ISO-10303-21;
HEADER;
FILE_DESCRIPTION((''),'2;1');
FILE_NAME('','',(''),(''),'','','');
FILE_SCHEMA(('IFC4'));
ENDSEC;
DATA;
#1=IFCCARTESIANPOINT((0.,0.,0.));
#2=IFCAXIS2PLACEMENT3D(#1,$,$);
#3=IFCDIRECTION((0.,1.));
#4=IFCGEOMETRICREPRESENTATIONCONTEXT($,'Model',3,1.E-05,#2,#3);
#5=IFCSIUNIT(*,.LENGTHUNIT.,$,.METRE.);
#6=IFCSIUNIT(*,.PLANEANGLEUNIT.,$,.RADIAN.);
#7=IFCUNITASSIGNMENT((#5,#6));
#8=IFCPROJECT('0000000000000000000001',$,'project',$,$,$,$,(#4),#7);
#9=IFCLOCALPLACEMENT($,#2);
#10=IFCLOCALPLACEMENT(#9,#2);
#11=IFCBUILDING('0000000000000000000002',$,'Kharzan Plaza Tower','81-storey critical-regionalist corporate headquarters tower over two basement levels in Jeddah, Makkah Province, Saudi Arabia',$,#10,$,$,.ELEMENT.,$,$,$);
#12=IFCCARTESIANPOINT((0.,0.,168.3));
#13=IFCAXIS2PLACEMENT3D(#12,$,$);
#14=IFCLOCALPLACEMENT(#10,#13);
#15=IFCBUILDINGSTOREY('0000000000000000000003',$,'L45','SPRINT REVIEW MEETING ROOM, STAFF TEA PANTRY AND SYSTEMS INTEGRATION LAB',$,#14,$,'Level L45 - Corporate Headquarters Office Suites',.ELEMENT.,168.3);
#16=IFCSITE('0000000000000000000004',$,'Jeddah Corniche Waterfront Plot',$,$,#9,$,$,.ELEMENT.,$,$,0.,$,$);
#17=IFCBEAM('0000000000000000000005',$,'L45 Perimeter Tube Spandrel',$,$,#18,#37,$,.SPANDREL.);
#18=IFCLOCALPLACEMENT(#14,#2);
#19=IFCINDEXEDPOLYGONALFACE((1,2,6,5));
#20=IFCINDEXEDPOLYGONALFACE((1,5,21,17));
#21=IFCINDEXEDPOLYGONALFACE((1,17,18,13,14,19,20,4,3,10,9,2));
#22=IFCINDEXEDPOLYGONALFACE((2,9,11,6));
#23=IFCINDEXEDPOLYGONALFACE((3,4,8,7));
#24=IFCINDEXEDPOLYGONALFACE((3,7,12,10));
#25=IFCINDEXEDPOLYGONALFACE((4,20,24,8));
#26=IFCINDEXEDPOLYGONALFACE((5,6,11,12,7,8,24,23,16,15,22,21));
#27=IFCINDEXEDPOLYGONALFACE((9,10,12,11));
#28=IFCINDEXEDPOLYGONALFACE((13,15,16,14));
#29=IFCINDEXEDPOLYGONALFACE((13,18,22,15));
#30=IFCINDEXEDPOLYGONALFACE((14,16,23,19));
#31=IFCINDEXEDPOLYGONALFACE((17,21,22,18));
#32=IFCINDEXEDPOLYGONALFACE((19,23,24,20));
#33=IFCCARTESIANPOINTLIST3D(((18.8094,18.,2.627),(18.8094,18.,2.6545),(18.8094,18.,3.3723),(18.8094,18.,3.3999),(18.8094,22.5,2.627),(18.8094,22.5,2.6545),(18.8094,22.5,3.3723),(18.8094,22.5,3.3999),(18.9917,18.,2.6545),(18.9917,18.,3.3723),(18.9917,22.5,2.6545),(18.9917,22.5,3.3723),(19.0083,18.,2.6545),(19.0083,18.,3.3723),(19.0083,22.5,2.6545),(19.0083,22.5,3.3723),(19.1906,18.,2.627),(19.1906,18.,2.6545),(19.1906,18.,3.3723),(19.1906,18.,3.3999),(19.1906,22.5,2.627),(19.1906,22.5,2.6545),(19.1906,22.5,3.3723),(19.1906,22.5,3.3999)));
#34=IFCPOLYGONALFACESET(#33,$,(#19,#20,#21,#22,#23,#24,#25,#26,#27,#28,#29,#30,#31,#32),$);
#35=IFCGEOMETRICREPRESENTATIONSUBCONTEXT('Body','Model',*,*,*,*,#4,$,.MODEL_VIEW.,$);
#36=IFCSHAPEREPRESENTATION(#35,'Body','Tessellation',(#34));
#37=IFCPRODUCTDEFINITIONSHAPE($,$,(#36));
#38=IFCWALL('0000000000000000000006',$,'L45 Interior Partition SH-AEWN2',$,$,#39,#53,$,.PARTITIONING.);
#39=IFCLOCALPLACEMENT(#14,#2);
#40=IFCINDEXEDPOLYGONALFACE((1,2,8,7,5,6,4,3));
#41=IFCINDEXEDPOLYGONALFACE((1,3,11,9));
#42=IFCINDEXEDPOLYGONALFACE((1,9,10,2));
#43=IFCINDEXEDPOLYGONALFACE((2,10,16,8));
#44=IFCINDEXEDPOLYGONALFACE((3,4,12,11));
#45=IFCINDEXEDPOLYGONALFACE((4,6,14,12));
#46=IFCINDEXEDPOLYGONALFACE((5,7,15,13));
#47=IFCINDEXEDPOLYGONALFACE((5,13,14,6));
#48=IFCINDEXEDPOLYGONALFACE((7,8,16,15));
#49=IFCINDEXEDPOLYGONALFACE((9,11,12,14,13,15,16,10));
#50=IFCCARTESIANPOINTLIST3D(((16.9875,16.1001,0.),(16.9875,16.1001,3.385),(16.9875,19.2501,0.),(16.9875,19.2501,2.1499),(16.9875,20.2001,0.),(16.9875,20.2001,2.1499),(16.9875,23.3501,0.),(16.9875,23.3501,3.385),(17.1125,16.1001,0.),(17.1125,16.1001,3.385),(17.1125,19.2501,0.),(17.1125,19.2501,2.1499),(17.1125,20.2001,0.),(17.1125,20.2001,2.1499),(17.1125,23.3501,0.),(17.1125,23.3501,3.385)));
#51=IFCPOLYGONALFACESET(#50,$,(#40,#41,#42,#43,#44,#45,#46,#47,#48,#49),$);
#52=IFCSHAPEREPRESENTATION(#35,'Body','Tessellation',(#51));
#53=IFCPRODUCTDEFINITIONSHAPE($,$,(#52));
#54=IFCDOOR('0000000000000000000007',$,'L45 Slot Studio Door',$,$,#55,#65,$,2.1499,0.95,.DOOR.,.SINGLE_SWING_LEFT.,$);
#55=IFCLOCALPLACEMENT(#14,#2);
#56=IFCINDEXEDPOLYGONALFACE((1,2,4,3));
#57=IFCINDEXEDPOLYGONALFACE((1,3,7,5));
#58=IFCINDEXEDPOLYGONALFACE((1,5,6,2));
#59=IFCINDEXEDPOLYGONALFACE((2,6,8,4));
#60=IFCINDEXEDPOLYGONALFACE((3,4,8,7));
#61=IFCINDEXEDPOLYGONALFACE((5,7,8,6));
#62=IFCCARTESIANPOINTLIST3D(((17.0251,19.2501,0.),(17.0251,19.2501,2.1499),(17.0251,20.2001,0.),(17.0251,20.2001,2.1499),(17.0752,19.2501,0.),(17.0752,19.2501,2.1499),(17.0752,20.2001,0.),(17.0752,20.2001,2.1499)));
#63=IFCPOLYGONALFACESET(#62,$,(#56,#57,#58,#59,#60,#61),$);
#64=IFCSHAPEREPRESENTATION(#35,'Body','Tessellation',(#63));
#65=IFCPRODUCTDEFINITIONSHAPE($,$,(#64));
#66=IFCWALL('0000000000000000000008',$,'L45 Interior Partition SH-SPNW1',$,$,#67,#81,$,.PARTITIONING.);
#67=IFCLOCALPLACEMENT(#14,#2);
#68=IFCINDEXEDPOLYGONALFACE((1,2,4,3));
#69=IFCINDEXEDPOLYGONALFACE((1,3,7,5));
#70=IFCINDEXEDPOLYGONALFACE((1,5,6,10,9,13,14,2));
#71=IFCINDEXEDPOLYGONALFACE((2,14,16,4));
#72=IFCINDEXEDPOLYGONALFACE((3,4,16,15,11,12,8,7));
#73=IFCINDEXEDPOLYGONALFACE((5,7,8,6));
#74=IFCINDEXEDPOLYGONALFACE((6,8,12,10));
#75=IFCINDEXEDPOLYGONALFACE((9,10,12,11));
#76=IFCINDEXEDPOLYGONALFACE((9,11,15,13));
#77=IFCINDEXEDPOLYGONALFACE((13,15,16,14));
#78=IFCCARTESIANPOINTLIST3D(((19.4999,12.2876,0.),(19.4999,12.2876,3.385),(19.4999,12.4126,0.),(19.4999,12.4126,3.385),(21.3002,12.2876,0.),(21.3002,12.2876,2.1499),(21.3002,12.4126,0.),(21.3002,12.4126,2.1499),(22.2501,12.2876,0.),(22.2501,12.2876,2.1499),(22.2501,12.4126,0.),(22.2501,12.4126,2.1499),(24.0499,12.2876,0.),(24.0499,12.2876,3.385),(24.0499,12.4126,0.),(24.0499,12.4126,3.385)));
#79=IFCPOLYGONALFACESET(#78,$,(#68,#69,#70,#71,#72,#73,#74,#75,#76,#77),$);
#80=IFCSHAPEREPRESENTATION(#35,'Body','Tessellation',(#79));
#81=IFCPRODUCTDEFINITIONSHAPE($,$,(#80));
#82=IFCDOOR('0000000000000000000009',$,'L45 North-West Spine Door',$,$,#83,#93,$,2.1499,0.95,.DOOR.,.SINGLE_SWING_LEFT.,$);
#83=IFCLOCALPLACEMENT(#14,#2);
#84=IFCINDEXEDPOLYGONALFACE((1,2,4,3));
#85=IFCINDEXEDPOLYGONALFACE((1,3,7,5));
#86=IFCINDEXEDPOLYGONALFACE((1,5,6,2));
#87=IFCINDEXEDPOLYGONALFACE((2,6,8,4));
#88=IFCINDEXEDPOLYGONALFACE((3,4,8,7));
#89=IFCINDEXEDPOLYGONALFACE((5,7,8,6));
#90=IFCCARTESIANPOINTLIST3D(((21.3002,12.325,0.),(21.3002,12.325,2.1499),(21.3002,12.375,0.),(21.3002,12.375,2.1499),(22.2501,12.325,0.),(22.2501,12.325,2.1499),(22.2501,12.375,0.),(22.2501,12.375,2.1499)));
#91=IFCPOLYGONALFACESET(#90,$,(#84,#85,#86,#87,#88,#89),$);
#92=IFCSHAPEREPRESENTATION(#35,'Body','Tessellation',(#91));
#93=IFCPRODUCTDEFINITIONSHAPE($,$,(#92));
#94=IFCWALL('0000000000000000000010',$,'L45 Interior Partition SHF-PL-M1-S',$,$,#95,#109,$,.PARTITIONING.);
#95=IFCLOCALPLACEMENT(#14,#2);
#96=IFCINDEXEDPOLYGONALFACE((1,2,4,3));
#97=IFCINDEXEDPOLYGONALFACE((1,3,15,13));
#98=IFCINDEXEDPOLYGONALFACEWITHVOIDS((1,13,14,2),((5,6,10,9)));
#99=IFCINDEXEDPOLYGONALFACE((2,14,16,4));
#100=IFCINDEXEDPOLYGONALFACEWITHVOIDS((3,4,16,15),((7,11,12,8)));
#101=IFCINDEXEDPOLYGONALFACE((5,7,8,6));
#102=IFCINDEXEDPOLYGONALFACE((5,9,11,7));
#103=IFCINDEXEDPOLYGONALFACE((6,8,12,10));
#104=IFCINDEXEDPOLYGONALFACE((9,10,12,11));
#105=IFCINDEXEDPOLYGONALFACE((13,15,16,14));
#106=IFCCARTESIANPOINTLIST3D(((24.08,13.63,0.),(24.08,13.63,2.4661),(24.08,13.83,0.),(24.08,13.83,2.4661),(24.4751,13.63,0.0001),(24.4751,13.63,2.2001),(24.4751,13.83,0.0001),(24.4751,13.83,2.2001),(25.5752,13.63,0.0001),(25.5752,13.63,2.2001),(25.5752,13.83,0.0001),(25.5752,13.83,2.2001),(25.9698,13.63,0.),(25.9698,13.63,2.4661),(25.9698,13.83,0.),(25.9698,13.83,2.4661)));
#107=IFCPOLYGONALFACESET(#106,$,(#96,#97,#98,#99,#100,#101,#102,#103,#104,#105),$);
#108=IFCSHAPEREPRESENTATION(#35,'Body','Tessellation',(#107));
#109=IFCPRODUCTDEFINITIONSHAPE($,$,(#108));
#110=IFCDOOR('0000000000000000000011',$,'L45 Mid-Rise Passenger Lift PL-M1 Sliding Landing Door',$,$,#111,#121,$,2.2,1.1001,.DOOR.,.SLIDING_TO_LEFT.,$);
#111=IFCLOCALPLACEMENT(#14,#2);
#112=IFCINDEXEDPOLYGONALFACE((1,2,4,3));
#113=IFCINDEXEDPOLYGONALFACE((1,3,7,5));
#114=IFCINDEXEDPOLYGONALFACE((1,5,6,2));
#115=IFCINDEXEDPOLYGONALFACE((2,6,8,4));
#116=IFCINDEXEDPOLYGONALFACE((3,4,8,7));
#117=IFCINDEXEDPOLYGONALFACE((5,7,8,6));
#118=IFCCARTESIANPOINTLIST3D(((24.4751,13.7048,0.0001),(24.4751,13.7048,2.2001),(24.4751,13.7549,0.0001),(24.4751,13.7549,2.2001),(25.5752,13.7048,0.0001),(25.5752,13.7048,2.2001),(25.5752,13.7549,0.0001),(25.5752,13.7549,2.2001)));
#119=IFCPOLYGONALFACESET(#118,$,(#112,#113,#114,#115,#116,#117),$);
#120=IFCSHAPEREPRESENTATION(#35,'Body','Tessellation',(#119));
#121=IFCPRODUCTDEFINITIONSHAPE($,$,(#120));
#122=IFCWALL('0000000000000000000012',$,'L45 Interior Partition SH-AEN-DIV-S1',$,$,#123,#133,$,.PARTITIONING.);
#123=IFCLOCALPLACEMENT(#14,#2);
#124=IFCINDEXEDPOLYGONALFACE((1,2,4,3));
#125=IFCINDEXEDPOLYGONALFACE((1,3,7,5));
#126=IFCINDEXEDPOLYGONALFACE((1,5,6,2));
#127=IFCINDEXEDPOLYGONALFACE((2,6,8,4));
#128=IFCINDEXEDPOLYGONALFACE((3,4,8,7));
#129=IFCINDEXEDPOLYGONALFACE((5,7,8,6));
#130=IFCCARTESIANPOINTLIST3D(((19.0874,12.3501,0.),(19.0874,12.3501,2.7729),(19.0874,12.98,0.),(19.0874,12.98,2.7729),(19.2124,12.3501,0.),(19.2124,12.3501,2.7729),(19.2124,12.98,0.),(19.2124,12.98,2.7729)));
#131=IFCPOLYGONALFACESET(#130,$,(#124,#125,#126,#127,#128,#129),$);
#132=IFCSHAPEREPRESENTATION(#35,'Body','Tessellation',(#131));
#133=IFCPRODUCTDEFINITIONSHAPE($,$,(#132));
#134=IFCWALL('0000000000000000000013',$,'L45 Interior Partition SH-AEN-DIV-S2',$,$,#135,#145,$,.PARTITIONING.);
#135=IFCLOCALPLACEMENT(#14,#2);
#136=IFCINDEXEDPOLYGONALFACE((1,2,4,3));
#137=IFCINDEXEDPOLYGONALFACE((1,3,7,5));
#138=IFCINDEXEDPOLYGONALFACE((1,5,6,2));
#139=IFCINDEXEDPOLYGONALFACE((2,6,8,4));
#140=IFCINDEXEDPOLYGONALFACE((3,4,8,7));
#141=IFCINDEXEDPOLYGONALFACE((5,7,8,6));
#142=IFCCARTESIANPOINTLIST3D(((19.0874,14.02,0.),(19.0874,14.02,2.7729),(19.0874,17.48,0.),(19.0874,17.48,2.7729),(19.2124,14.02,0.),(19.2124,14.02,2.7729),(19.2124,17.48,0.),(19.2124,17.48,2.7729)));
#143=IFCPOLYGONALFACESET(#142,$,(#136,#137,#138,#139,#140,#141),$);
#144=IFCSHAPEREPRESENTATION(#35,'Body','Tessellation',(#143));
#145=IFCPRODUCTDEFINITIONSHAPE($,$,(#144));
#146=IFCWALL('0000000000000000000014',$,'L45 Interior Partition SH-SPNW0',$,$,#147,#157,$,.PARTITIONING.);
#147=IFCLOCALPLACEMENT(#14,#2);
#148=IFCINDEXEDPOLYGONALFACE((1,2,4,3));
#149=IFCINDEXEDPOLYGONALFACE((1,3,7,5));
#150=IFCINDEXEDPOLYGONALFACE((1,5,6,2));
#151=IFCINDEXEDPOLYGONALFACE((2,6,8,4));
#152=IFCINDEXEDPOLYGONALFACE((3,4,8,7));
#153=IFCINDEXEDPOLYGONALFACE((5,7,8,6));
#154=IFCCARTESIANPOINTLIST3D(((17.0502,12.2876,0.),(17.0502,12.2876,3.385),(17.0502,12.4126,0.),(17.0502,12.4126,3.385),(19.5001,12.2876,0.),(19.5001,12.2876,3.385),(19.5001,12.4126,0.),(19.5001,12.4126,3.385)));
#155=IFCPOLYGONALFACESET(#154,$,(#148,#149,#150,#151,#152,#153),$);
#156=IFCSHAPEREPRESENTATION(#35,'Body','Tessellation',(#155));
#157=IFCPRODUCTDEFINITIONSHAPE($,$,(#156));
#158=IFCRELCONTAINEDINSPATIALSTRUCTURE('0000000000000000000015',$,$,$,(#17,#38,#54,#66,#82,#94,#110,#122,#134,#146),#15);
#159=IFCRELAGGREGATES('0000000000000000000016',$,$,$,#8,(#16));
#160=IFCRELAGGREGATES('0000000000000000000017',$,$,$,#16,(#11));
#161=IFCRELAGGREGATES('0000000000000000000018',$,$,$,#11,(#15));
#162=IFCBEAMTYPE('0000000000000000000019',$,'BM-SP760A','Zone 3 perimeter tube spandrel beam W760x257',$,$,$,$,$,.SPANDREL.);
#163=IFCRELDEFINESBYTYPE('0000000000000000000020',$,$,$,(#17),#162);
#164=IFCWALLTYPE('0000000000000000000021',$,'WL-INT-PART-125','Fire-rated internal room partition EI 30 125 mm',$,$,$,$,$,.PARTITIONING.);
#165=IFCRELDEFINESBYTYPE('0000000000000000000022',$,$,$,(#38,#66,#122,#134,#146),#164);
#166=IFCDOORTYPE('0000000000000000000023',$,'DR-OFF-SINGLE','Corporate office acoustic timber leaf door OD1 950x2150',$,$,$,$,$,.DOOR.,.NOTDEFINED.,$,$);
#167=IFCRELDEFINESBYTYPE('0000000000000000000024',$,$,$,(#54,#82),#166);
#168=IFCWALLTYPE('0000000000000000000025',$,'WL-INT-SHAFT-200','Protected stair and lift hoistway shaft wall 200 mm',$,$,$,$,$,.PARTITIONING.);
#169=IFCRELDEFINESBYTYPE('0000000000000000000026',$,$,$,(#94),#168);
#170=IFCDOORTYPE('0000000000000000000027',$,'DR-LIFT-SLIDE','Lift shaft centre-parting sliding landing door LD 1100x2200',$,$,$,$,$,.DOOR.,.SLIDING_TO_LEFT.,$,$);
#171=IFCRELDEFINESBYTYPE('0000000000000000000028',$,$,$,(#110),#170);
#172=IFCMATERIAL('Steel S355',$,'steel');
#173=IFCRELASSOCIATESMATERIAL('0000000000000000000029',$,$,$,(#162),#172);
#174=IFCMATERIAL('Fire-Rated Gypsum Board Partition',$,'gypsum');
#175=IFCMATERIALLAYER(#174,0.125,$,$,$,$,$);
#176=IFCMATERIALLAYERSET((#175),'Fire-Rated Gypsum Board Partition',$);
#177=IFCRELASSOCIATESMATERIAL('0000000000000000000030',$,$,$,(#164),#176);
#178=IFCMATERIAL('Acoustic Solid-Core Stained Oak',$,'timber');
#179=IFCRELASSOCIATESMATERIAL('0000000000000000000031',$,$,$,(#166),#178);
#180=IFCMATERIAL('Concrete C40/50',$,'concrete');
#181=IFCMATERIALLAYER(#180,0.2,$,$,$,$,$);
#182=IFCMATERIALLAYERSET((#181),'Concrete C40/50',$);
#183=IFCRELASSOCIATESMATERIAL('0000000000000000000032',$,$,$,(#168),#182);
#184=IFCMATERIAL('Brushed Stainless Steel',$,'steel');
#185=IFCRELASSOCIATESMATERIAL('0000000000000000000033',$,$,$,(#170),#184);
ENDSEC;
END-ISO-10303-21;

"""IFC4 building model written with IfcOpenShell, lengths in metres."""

from ifc_helpers import new_model, si_unit, direction, frame, frame_2d, origin, origin_2d, place, context, subcontext, project, spatial, rectangle, i_section, extrude, source, transform, mapped, material, layer, layer_set, material_profile, profile_set, type_object, element, fill, save


model = new_model("IFC4")

# Units and contexts
model_context = context("Model", 3, precision=1e-05, world=origin(), true_north=direction((0.0, 1.0)))
body_context = subcontext(model_context, "Body", "Model", "MODEL_VIEW")
ifc_project = project(units=[si_unit("LENGTHUNIT", "METRE"), si_unit("PLANEANGLEUNIT", "RADIAN")], contexts=[model_context])

# Site, building, storey
site_placement = place(None, origin())
site = spatial("IfcSite", under=ifc_project, at=site_placement, Name="Jeddah Corniche Waterfront Plot", CompositionType="ELEMENT", RefElevation=0.0)
building_placement = place(site_placement, origin())
building = spatial("IfcBuilding", under=site, at=building_placement, Name="Kharzan Plaza Tower", Description="81-storey critical-regionalist corporate headquarters tower over two basement levels in Jeddah, Makkah Province, Saudi Arabia", CompositionType="ELEMENT")
storey_placement = place(building_placement, frame((0.0, 0.0, 168.3)))
storey = spatial("IfcBuildingStorey", under=building, at=storey_placement, Name="L45", Description="SPRINT REVIEW MEETING ROOM, STAFF TEA PANTRY AND SYSTEMS INTEGRATION LAB", LongName="Level L45 - Corporate Headquarters Office Suites", CompositionType="ELEMENT", Elevation=168.3)

# Shared definitions
ifc_material_1 = material(Name="Steel S355", Category="steel")

# Beam
ifc_material_profile_1 = material_profile(ifc_material_1, i_section(OverallWidth=0.3811, OverallDepth=0.7729, WebThickness=0.0166, FlangeThickness=0.0276, at=origin_2d()), Name="W760x257")
ifc_profile_set_1 = profile_set([ifc_material_profile_1], Name="Steel S355")
beam_type_1 = type_object("IfcBeamType", Name="BM-SP760A", Description="Zone 3 perimeter tube spandrel beam W760x257", PredefinedType="SPANDREL", material=ifc_profile_set_1)
shared_shape_1 = source(origin(), body_context, "Body", "SweptSolid", [
    extrude(i_section(OverallWidth=0.3811, OverallDepth=0.7729, WebThickness=0.0166, FlangeThickness=0.0276, at=origin_2d()), origin(), (0.0, 0.0, 1.0), 4.5),
])
beam_1_placement = place(storey_placement, frame((19.0, 18.0, 3.0134), z_axis=(0.0, 1.0, 0.0), x_axis=(-1.0, 0.0, 0.0)))
element("IfcBeam", 1, at=beam_1_placement, inside=storey, type_object=beam_type_1, Name="L45 Perimeter Tube Spandrel", PredefinedType="SPANDREL", context=body_context, shape_type="MappedRepresentation", body=[
    mapped(shared_shape_1, transform((0.0, 0.0, 0.0), x_axis=(1.0, 0.0, 0.0), y_axis=(0.0, 1.0, 0.0), z_axis=(0.0, 0.0, 1.0))),
])

# Walls, openings, doors
ifc_material_2 = material(Name="Fire-Rated Gypsum Board Partition", Category="gypsum")
ifc_layer_1 = layer(ifc_material_2, 0.125)
ifc_layer_set_1 = layer_set([ifc_layer_1], Name="Fire-Rated Gypsum Board Partition")
wall_type_1 = type_object("IfcWallType", Name="WL-INT-PART-125", Description="Fire-rated internal room partition EI 30 125 mm", PredefinedType="PARTITIONING", material=ifc_layer_set_1)
ifc_material_3 = material(Name="Acoustic Solid-Core Stained Oak", Category="timber")
door_type_1 = type_object("IfcDoorType", Name="DR-OFF-SINGLE", Description="Corporate office acoustic timber leaf door OD1 950x2150", OperationType="NOTDEFINED", PredefinedType="DOOR", material=ifc_material_3)
shared_shape_2 = source(origin(), body_context, "Body", "SweptSolid", [
    extrude(rectangle(XDim=0.95, YDim=2.1499, at=frame_2d((0.4751, 1.075))), frame((0.0, 0.0249, 0.0), z_axis=(0.0, -1.0, 0.0), x_axis=(1.0, 0.0, 0.0)), (0.0, 0.0, 1.0), 0.05),
])
wall_1_placement = place(storey_placement, frame((17.05, 16.1001, 0.0), z_axis=(0.0, 0.0, 1.0), x_axis=(0.0, 1.0, 0.0)))
wall_1 = element("IfcWall", 2, at=wall_1_placement, inside=storey, type_object=wall_type_1, Name="L45 Interior Partition SH-AEWN2", PredefinedType="PARTITIONING", context=body_context, shape_type="SweptSolid", body=[
    extrude(rectangle(XDim=7.25, YDim=0.125, at=frame_2d((3.625, 0.0))), origin(), (0.0, 0.0, 1.0), 3.385),
])
opening_1_placement = place(wall_1_placement, frame((3.1499, 0.0, 0.0)))
opening_1 = element("IfcOpeningElement", 3, at=opening_1_placement, cuts=wall_1, PredefinedType="OPENING", context=body_context, shape_type="SweptSolid", body=[
    extrude(rectangle(XDim=0.95, YDim=2.1499, at=frame_2d((0.4751, 1.075))), frame((0.0, 0.0725, 0.0), z_axis=(0.0, -1.0, 0.0), x_axis=(1.0, 0.0, 0.0)), (0.0, 0.0, 1.0), 0.145),
])
door_1_placement = place(opening_1_placement, origin())
door_1 = element("IfcDoor", 4, at=door_1_placement, inside=storey, type_object=door_type_1, Name="L45 Slot Studio Door", OperationType="SINGLE_SWING_LEFT", OverallHeight=2.1499, OverallWidth=0.95, PredefinedType="DOOR", context=body_context, shape_type="MappedRepresentation", body=[
    mapped(shared_shape_2, transform((0.0, 0.0, 0.0), x_axis=(1.0, 0.0, 0.0), y_axis=(0.0, 1.0, 0.0), z_axis=(0.0, 0.0, 1.0))),
])
fill(opening_1, door_1)
wall_2_placement = place(storey_placement, frame((19.5, 12.3501, 0.0), z_axis=(0.0, 0.0, 1.0), x_axis=(1.0, 0.0, 0.0)))
wall_2 = element("IfcWall", 5, at=wall_2_placement, inside=storey, type_object=wall_type_1, Name="L45 Interior Partition SH-SPNW1", PredefinedType="PARTITIONING", context=body_context, shape_type="SweptSolid", body=[
    extrude(rectangle(XDim=4.55, YDim=0.125, at=frame_2d((2.2749, 0.0))), origin(), (0.0, 0.0, 1.0), 3.385),
])
opening_2_placement = place(wall_2_placement, frame((1.8, 0.0, 0.0)))
opening_2 = element("IfcOpeningElement", 6, at=opening_2_placement, cuts=wall_2, PredefinedType="OPENING", context=body_context, shape_type="SweptSolid", body=[
    extrude(rectangle(XDim=0.95, YDim=2.1499, at=frame_2d((0.4751, 1.075))), frame((0.0, 0.0725, 0.0), z_axis=(0.0, -1.0, 0.0), x_axis=(1.0, 0.0, 0.0)), (0.0, 0.0, 1.0), 0.145),
])
door_2_placement = place(opening_2_placement, origin())
door_2 = element("IfcDoor", 7, at=door_2_placement, inside=storey, type_object=door_type_1, Name="L45 North-West Spine Door", OperationType="SINGLE_SWING_LEFT", OverallHeight=2.1499, OverallWidth=0.95, PredefinedType="DOOR", context=body_context, shape_type="MappedRepresentation", body=[
    mapped(shared_shape_2, transform((0.0, 0.0, 0.0), x_axis=(1.0, 0.0, 0.0), y_axis=(0.0, 1.0, 0.0), z_axis=(0.0, 0.0, 1.0))),
])
fill(opening_2, door_2)
ifc_material_4 = material(Name="Concrete C40/50", Category="concrete")
ifc_layer_2 = layer(ifc_material_4, 0.2)
ifc_layer_set_2 = layer_set([ifc_layer_2], Name="Concrete C40/50")
wall_type_2 = type_object("IfcWallType", Name="WL-INT-SHAFT-200", Description="Protected stair and lift hoistway shaft wall 200 mm", PredefinedType="PARTITIONING", material=ifc_layer_set_2)
wall_3_placement = place(storey_placement, frame((24.0801, 13.73, 0.0), z_axis=(0.0, 0.0, 1.0), x_axis=(1.0, 0.0, 0.0)))
wall_3 = element("IfcWall", 8, at=wall_3_placement, inside=storey, type_object=wall_type_2, Name="L45 Interior Partition SHF-PL-M1-S", PredefinedType="PARTITIONING", context=body_context, shape_type="SweptSolid", body=[
    extrude(rectangle(XDim=1.8899, YDim=0.2, at=frame_2d((0.9448, 0.0))), origin(), (0.0, 0.0, 1.0), 2.4661),
])
opening_3_placement = place(wall_3_placement, frame((0.395, 0.0, 0.0)))
opening_3 = element("IfcOpeningElement", 9, at=opening_3_placement, cuts=wall_3, PredefinedType="OPENING", context=body_context, shape_type="SweptSolid", body=[
    extrude(rectangle(XDim=1.1001, YDim=2.2, at=frame_2d((0.55, 1.1001))), frame((0.0, 0.1099, 0.0), z_axis=(0.0, -1.0, 0.0), x_axis=(1.0, 0.0, 0.0)), (0.0, 0.0, 1.0), 0.22),
])
ifc_material_5 = material(Name="Brushed Stainless Steel", Category="steel")
door_type_2 = type_object("IfcDoorType", Name="DR-LIFT-SLIDE", Description="Lift shaft centre-parting sliding landing door LD 1100x2200", OperationType="SLIDING_TO_LEFT", PredefinedType="DOOR", material=ifc_material_5)
shared_shape_3 = source(origin(), body_context, "Body", "SweptSolid", [
    extrude(rectangle(XDim=1.1001, YDim=2.2, at=frame_2d((0.55, 1.1001))), frame((0.0, 0.0249, 0.0), z_axis=(0.0, -1.0, 0.0), x_axis=(1.0, 0.0, 0.0)), (0.0, 0.0, 1.0), 0.05),
])
door_3_placement = place(opening_3_placement, origin())
door_3 = element("IfcDoor", 10, at=door_3_placement, inside=storey, type_object=door_type_2, Name="L45 Mid-Rise Passenger Lift PL-M1 Sliding Landing Door", OperationType="SLIDING_TO_LEFT", OverallHeight=2.2, OverallWidth=1.1001, PredefinedType="DOOR", context=body_context, shape_type="MappedRepresentation", body=[
    mapped(shared_shape_3, transform((0.0, 0.0, 0.0), x_axis=(1.0, 0.0, 0.0), y_axis=(0.0, 1.0, 0.0), z_axis=(0.0, 0.0, 1.0))),
])
fill(opening_3, door_3)

# Walls
shared_shape_4 = source(origin(), body_context, "Body", "SweptSolid", [
    extrude(rectangle(XDim=0.6299, YDim=0.125, at=frame_2d((0.3149, 0.0))), origin(), (0.0, 0.0, 1.0), 2.7729),
])
wall_4_placement = place(storey_placement, frame((19.1499, 12.3501, 0.0), z_axis=(0.0, 0.0, 1.0), x_axis=(0.0, 1.0, 0.0)))
element("IfcWall", 11, at=wall_4_placement, inside=storey, type_object=wall_type_1, Name="L45 Interior Partition SH-AEN-DIV-S1", PredefinedType="PARTITIONING", context=body_context, shape_type="MappedRepresentation", body=[
    mapped(shared_shape_4, transform((0.0, 0.0, 0.0), x_axis=(1.0, 0.0, 0.0), y_axis=(0.0, 1.0, 0.0), z_axis=(0.0, 0.0, 1.0))),
])
shared_shape_5 = source(origin(), body_context, "Body", "SweptSolid", [
    extrude(rectangle(XDim=3.46, YDim=0.125, at=frame_2d((1.73, 0.0))), origin(), (0.0, 0.0, 1.0), 2.7729),
])
wall_5_placement = place(storey_placement, frame((19.1499, 14.02, 0.0), z_axis=(0.0, 0.0, 1.0), x_axis=(0.0, 1.0, 0.0)))
element("IfcWall", 12, at=wall_5_placement, inside=storey, type_object=wall_type_1, Name="L45 Interior Partition SH-AEN-DIV-S2", PredefinedType="PARTITIONING", context=body_context, shape_type="MappedRepresentation", body=[
    mapped(shared_shape_5, transform((0.0, 0.0, 0.0), x_axis=(1.0, 0.0, 0.0), y_axis=(0.0, 1.0, 0.0), z_axis=(0.0, 0.0, 1.0))),
])
shared_shape_6 = source(origin(), body_context, "Body", "SweptSolid", [
    extrude(rectangle(XDim=2.45, YDim=0.125, at=frame_2d((1.2251, 0.0))), origin(), (0.0, 0.0, 1.0), 3.385),
])
wall_6_placement = place(storey_placement, frame((17.05, 12.3501, 0.0), z_axis=(0.0, 0.0, 1.0), x_axis=(1.0, 0.0, 0.0)))
element("IfcWall", 13, at=wall_6_placement, inside=storey, type_object=wall_type_1, Name="L45 Interior Partition SH-SPNW0", PredefinedType="PARTITIONING", context=body_context, shape_type="MappedRepresentation", body=[
    mapped(shared_shape_6, transform((0.0, 0.0, 0.0), x_axis=(1.0, 0.0, 0.0), y_axis=(0.0, 1.0, 0.0), z_axis=(0.0, 0.0, 1.0))),
])

save(model, "model.ifc")
